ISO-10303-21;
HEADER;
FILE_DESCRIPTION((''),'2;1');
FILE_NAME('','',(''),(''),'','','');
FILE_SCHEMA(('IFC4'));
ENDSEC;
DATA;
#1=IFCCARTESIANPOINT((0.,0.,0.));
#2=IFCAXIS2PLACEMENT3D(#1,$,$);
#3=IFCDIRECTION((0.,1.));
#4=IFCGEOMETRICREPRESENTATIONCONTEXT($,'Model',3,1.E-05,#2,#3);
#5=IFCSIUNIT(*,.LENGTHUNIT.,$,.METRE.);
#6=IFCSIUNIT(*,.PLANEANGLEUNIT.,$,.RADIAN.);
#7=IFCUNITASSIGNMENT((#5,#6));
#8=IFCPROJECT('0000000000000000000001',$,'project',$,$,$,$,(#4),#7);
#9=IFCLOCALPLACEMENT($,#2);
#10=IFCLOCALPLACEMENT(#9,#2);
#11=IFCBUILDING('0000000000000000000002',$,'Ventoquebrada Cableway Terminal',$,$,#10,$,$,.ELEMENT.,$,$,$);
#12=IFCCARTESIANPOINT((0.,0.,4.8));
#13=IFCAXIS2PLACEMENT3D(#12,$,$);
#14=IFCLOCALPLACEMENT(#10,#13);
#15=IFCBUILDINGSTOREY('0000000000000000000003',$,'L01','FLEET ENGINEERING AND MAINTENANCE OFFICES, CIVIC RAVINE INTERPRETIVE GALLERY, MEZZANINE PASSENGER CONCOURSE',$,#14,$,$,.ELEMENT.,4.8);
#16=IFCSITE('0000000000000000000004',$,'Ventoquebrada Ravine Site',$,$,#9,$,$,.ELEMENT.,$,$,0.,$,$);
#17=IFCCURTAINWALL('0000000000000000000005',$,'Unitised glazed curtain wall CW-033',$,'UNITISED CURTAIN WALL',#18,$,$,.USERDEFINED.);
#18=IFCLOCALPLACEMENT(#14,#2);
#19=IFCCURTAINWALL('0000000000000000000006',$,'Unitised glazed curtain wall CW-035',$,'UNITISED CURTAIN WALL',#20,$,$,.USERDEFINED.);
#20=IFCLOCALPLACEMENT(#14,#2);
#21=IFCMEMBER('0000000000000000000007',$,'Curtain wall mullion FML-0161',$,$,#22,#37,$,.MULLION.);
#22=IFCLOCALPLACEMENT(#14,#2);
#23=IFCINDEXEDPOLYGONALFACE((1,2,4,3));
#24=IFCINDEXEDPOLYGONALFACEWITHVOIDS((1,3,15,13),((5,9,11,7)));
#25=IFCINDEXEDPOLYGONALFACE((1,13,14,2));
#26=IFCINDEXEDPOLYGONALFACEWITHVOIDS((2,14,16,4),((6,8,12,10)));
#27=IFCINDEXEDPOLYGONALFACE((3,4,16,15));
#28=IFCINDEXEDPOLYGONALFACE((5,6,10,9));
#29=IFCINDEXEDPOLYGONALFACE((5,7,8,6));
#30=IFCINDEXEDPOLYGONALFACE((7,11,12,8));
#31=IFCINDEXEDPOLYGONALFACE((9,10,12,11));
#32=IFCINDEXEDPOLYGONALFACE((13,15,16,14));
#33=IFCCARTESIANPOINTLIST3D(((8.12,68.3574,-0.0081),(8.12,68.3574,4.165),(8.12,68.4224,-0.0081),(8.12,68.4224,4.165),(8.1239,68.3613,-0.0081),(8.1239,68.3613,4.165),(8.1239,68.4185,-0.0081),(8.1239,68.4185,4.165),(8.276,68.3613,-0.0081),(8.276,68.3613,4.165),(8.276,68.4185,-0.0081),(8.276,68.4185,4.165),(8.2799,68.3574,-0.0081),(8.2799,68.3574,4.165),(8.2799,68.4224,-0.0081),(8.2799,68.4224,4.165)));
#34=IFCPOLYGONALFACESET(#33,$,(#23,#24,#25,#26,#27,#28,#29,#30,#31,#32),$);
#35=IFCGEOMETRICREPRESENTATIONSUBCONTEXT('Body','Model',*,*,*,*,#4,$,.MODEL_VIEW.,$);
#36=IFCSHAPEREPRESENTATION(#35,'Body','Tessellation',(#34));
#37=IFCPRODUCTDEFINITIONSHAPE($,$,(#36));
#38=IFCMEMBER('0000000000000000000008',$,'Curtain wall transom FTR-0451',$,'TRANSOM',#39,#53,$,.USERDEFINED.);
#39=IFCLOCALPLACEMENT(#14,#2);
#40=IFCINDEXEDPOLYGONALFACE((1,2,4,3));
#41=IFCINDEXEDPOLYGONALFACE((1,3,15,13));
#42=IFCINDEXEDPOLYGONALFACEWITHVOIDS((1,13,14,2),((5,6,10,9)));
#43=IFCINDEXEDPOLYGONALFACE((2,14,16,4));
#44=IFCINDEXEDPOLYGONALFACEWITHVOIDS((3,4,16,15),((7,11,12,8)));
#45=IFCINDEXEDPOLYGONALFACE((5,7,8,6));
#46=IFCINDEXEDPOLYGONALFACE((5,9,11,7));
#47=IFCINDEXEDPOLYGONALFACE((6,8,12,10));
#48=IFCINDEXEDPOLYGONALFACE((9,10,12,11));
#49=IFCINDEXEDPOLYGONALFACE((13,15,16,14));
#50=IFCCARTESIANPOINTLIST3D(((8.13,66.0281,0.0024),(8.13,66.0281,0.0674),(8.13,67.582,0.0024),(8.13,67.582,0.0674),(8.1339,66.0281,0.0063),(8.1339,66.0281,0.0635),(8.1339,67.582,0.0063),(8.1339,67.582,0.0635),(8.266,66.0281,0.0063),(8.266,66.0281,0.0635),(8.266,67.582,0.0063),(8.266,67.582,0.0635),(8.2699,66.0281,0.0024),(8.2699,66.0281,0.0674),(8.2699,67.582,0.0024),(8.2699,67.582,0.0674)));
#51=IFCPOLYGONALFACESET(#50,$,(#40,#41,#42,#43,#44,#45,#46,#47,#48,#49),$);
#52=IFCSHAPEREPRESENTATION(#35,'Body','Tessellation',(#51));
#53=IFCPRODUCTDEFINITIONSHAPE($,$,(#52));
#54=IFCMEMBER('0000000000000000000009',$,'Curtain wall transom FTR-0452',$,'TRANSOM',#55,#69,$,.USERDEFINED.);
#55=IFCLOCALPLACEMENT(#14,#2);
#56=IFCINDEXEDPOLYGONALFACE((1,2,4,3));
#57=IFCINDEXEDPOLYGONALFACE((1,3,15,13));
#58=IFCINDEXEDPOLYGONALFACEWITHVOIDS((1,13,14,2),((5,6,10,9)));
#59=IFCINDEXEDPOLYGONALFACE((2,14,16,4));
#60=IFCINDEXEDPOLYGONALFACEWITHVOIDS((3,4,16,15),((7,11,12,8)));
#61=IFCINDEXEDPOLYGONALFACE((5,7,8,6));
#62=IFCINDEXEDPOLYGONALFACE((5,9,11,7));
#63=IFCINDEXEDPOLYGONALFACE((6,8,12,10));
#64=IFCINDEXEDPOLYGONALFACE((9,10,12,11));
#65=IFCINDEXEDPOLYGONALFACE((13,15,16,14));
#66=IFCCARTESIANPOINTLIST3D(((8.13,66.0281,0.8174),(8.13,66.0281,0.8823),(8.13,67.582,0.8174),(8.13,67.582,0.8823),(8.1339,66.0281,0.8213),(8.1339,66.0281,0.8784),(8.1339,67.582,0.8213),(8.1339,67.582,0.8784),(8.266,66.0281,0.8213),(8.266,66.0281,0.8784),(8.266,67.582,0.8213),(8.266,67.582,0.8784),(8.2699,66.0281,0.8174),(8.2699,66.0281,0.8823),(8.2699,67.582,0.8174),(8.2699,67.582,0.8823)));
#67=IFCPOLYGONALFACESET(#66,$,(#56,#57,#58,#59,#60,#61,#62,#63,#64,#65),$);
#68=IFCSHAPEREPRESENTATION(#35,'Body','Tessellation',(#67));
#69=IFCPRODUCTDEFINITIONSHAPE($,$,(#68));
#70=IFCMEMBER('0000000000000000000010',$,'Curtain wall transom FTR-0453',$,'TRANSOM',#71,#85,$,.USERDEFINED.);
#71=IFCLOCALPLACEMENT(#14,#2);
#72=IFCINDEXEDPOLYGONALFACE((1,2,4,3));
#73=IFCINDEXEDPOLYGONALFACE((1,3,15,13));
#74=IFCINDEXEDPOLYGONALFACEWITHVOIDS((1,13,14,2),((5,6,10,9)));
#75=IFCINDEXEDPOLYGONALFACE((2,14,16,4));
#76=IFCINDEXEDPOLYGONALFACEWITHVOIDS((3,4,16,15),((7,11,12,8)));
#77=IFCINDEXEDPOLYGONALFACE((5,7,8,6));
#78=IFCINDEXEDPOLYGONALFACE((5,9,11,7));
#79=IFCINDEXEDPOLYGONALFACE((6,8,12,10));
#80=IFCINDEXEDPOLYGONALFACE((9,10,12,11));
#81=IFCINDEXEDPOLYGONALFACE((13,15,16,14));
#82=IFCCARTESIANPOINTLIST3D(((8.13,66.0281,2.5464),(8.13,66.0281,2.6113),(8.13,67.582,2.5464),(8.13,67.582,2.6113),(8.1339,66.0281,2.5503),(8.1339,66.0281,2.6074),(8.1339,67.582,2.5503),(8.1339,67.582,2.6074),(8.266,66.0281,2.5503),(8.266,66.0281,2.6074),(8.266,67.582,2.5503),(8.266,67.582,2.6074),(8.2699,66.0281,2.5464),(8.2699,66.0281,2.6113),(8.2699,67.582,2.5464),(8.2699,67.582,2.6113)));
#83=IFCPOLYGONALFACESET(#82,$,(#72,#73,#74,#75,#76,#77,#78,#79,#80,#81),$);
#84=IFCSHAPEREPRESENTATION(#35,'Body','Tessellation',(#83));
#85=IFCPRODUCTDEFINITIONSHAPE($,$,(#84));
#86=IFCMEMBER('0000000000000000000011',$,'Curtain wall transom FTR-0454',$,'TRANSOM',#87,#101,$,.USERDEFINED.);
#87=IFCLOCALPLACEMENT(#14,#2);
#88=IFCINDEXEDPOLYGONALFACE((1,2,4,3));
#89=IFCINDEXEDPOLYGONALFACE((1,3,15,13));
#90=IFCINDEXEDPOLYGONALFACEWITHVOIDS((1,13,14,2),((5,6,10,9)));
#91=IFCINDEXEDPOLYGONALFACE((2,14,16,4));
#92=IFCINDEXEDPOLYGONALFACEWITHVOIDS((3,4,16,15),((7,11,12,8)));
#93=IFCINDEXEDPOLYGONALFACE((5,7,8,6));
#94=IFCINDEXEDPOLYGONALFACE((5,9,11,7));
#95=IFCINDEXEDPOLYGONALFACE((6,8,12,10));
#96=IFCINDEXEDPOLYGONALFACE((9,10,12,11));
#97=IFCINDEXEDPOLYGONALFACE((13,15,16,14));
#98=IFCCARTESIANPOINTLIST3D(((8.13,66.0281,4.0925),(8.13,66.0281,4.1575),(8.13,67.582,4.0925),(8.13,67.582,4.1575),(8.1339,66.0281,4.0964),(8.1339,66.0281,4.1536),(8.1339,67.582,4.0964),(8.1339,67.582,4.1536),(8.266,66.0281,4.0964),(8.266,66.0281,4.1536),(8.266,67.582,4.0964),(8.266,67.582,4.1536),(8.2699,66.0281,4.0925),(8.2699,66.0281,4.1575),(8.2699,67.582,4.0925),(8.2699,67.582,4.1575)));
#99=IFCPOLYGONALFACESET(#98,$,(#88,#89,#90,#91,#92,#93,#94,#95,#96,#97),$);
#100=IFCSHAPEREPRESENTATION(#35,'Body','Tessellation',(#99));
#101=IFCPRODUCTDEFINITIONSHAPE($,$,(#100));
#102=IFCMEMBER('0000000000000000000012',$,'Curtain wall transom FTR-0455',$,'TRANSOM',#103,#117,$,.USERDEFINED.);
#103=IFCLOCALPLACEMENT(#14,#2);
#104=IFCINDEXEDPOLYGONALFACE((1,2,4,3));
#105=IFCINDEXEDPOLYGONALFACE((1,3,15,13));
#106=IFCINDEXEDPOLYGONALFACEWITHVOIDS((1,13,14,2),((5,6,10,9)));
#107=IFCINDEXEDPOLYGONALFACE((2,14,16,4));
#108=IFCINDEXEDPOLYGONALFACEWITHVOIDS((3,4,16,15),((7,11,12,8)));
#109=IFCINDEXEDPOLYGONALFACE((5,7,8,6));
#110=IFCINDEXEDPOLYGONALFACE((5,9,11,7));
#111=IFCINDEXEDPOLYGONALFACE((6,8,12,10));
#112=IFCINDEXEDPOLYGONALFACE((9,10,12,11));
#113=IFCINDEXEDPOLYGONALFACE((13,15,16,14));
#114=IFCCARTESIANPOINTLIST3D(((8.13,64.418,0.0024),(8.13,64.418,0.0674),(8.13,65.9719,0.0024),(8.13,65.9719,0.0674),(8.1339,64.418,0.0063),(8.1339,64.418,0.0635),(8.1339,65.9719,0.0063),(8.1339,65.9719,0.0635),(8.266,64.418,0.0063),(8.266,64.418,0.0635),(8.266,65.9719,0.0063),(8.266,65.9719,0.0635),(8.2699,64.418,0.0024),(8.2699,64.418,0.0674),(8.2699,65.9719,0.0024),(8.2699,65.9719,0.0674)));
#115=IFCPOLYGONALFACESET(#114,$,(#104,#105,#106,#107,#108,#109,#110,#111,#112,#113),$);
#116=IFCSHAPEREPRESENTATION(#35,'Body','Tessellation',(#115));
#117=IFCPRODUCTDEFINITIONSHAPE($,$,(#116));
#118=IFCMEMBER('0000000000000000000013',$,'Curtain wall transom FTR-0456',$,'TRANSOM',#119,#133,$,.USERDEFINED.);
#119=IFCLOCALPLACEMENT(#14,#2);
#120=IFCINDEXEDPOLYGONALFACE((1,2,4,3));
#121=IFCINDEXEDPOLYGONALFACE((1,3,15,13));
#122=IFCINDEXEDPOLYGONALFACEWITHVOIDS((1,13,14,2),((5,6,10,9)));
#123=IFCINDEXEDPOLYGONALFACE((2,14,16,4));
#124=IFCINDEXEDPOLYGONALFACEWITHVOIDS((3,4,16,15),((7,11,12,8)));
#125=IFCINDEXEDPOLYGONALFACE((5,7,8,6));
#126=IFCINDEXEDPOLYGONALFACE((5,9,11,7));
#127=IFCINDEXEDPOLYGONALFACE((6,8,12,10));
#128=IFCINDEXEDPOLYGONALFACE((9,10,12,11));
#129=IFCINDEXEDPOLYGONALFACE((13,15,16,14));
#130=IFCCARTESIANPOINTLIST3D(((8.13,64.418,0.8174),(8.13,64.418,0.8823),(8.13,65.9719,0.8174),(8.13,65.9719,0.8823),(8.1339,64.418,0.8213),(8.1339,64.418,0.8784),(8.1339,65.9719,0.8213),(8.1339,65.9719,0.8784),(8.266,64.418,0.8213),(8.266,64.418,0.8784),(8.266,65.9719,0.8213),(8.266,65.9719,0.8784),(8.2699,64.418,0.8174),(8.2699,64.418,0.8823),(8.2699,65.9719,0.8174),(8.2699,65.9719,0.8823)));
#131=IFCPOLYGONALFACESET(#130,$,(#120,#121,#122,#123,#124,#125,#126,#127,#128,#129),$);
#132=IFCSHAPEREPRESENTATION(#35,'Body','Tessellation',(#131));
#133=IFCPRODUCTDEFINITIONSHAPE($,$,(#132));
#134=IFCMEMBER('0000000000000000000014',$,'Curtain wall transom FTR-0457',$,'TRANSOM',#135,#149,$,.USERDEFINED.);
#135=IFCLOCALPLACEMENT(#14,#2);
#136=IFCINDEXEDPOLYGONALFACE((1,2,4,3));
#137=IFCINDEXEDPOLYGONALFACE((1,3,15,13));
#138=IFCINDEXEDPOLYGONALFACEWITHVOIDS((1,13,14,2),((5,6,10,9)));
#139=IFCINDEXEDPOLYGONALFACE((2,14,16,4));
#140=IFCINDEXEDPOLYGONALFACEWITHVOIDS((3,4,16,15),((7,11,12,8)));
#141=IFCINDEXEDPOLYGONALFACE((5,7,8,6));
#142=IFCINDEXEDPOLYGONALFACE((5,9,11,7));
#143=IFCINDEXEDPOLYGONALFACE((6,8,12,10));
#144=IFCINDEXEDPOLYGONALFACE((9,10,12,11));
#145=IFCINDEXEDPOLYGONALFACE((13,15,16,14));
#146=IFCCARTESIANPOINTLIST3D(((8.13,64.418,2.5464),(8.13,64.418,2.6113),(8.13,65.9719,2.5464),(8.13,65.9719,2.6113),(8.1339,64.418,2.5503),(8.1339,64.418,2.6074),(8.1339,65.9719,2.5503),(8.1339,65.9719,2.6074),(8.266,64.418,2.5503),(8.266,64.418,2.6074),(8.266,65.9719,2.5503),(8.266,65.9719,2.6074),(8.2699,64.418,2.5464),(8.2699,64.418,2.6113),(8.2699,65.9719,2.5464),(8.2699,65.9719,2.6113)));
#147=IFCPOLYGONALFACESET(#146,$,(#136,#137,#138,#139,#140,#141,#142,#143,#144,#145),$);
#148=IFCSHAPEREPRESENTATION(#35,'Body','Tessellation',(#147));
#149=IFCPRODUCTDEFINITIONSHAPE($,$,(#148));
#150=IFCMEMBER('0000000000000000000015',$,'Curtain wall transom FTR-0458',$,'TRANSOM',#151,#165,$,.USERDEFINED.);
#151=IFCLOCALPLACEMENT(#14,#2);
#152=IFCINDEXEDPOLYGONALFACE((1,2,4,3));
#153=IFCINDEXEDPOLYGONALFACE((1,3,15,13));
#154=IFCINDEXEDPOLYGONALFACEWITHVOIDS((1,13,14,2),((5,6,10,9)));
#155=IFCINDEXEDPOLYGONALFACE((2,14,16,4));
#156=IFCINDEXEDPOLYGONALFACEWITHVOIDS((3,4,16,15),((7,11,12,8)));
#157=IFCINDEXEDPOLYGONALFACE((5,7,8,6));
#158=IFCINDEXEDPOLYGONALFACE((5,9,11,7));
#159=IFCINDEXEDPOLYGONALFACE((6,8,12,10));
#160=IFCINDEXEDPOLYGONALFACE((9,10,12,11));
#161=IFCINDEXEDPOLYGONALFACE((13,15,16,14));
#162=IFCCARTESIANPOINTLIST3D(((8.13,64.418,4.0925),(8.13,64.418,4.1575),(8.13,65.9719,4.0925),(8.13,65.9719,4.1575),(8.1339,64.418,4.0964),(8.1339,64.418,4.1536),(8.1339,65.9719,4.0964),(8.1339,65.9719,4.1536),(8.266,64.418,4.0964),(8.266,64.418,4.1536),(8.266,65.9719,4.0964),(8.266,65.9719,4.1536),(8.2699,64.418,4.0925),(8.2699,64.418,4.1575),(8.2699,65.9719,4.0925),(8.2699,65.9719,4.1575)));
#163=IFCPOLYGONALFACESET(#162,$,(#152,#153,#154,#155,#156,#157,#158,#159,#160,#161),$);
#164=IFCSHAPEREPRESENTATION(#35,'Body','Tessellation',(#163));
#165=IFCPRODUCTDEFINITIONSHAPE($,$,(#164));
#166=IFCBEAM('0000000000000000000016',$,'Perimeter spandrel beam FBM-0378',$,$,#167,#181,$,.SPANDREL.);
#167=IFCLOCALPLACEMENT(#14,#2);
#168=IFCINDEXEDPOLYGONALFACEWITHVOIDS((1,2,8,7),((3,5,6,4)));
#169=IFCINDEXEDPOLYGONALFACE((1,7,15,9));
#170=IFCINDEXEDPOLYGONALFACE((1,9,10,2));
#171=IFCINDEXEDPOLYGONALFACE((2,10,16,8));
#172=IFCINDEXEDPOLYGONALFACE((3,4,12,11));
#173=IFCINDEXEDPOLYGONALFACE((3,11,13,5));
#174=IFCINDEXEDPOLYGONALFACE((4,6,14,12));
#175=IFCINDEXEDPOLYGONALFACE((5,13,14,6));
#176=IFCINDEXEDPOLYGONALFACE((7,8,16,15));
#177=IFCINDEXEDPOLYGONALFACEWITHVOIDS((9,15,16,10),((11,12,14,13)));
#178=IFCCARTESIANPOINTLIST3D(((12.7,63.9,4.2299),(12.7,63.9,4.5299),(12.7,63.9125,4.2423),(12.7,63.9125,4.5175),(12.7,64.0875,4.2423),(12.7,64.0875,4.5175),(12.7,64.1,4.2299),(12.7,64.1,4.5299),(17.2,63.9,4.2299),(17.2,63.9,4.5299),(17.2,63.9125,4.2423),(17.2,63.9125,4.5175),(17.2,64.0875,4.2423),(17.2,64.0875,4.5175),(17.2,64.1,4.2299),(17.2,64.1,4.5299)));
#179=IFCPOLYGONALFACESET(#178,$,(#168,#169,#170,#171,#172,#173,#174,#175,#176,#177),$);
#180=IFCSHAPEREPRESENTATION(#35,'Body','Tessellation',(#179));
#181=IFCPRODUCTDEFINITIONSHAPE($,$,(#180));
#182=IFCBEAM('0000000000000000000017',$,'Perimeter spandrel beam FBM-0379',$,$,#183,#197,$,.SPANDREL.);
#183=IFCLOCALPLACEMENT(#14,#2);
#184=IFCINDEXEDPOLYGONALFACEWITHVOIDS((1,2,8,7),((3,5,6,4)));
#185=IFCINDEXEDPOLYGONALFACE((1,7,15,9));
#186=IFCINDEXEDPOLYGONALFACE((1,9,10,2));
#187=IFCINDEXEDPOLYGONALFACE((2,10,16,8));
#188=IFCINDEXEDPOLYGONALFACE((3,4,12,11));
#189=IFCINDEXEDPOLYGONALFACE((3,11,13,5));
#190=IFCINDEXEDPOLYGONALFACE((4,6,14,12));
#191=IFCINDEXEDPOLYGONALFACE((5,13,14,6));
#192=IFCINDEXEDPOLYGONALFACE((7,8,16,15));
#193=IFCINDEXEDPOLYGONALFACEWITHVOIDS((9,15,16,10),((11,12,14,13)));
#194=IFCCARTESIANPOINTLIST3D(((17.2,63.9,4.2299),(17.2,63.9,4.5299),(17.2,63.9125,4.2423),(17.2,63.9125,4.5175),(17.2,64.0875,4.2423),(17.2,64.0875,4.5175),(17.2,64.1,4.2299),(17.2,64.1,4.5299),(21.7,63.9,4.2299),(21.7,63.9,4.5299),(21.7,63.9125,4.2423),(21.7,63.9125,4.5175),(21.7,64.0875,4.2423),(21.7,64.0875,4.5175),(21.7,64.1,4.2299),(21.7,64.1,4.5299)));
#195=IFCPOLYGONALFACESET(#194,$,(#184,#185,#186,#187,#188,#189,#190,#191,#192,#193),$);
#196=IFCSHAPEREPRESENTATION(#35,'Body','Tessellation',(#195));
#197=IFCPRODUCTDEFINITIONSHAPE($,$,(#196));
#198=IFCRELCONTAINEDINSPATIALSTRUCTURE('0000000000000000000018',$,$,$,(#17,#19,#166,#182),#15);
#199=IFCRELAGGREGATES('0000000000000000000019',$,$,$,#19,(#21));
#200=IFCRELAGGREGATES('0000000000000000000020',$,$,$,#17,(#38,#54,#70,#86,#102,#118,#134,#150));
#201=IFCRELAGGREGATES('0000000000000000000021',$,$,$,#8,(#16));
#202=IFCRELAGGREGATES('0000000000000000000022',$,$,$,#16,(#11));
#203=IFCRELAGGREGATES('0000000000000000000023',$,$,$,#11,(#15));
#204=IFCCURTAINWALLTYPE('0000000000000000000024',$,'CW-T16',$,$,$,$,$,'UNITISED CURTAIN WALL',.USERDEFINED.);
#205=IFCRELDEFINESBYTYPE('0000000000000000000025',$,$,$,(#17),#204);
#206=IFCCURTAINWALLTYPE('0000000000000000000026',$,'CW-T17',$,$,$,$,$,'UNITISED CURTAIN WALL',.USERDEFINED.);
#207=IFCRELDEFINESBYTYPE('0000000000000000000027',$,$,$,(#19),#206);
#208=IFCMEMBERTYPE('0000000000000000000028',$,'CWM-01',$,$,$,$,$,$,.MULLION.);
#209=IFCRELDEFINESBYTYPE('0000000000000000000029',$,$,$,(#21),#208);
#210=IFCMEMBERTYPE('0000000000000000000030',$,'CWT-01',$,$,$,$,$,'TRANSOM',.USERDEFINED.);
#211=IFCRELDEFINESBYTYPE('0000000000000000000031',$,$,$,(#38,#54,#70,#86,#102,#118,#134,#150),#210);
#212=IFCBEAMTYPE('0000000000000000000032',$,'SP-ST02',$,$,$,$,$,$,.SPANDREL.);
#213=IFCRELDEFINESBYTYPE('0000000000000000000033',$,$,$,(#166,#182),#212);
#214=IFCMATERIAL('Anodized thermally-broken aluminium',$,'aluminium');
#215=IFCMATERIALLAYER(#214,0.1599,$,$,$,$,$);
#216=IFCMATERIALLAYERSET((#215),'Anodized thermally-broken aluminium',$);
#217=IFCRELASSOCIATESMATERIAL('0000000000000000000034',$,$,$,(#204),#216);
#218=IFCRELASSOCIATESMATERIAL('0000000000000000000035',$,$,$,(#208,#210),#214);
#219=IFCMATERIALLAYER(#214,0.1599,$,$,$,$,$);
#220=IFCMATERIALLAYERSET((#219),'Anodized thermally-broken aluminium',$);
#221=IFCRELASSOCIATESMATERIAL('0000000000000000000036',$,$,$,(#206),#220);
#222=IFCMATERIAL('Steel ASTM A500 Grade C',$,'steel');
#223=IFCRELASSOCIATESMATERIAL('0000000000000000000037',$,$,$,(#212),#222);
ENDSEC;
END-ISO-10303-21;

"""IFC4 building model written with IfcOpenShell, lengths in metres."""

from ifc_helpers import new_model, si_unit, direction, frame, origin, origin_2d, place, context, subcontext, project, spatial, hollow_rectangle, extrude, material, layer, layer_set, material_profile, profile_set, type_object, element, aggregate, save


model = new_model("IFC4")

# Units and contexts
model_context = context("Model", 3, precision=1e-05, world=origin(), true_north=direction((0.0, 1.0)))
body_context = subcontext(model_context, "Body", "Model", "MODEL_VIEW")
ifc_project = project(units=[si_unit("LENGTHUNIT", "METRE"), si_unit("PLANEANGLEUNIT", "RADIAN")], contexts=[model_context])

# Site, building, storey
site_placement = place(None, origin())
site = spatial("IfcSite", under=ifc_project, at=site_placement, Name="Ventoquebrada Ravine Site", CompositionType="ELEMENT", RefElevation=0.0)
building_placement = place(site_placement, origin())
building = spatial("IfcBuilding", under=site, at=building_placement, Name="Ventoquebrada Cableway Terminal", CompositionType="ELEMENT")
storey_placement = place(building_placement, frame((0.0, 0.0, 4.8)))
storey = spatial("IfcBuildingStorey", under=building, at=storey_placement, Name="L01", Description="FLEET ENGINEERING AND MAINTENANCE OFFICES, CIVIC RAVINE INTERPRETIVE GALLERY, MEZZANINE PASSENGER CONCOURSE", CompositionType="ELEMENT", Elevation=4.8)

# Curtain wall
ifc_material_1 = material(Name="Anodized thermally-broken aluminium", Category="aluminium")
ifc_layer_1 = layer(ifc_material_1, 0.1599)
ifc_layer_set_1 = layer_set([ifc_layer_1], Name="Anodized thermally-broken aluminium")
curtain_wall_type_1 = type_object("IfcCurtainWallType", Name="CW-T16", ElementType="UNITISED CURTAIN WALL", PredefinedType="USERDEFINED", material=ifc_layer_set_1)
curtain_wall_1_placement = place(storey_placement, origin())
curtain_wall_1 = element("IfcCurtainWall", 1, at=curtain_wall_1_placement, inside=storey, type_object=curtain_wall_type_1, Name="Unitised glazed curtain wall CW-033", ObjectType="UNITISED CURTAIN WALL", PredefinedType="USERDEFINED")
ifc_material_profile_1 = material_profile(ifc_material_1, hollow_rectangle(XDim=0.0649, YDim=0.1599, WallThickness=0.0039, at=origin_2d()), Name="CW-MUL-65X160")
ifc_profile_set_1 = profile_set([ifc_material_profile_1], Name="Anodized thermally-broken aluminium")
member_type_1 = type_object("IfcMemberType", Name="CWM-01", PredefinedType="MULLION", material=ifc_profile_set_1)

# Curtain wall, member
ifc_layer_2 = layer(ifc_material_1, 0.1599)
ifc_layer_set_2 = layer_set([ifc_layer_2], Name="Anodized thermally-broken aluminium")
curtain_wall_type_2 = type_object("IfcCurtainWallType", Name="CW-T17", ElementType="UNITISED CURTAIN WALL", PredefinedType="USERDEFINED", material=ifc_layer_set_2)
curtain_wall_2_placement = place(storey_placement, origin())
curtain_wall_2 = element("IfcCurtainWall", 2, at=curtain_wall_2_placement, inside=storey, type_object=curtain_wall_type_2, Name="Unitised glazed curtain wall CW-035", ObjectType="UNITISED CURTAIN WALL", PredefinedType="USERDEFINED")
member_1_placement = place(storey_placement, frame((8.2, 68.3899, -0.0081), z_axis=(0.0, 0.0, 1.0), x_axis=(0.0, -1.0, 0.0)))
member_1 = element("IfcMember", 3, at=member_1_placement, type_object=member_type_1, Name="Curtain wall mullion FML-0161", PredefinedType="MULLION", context=body_context, shape_type="SweptSolid", body=[
    extrude(hollow_rectangle(XDim=0.0649, YDim=0.1599, WallThickness=0.0039, at=origin_2d()), origin(), (0.0, 0.0, 1.0), 4.1731),
])
aggregate(curtain_wall_2, [member_1])

# Members
ifc_material_profile_2 = material_profile(ifc_material_1, hollow_rectangle(XDim=0.0649, YDim=0.1399, WallThickness=0.0039, at=origin_2d()), Name="CW-TRN-65X140")
ifc_profile_set_2 = profile_set([ifc_material_profile_2], Name="Anodized thermally-broken aluminium")
member_type_2 = type_object("IfcMemberType", Name="CWT-01", ElementType="TRANSOM", PredefinedType="USERDEFINED", material=ifc_profile_set_2)
member_2_placement = place(storey_placement, frame((8.2, 67.582, 0.0349), z_axis=(0.0, -1.0, 0.0), x_axis=(0.0, 0.0, 1.0)))
member_2 = element("IfcMember", 4, at=member_2_placement, type_object=member_type_2, Name="Curtain wall transom FTR-0451", ObjectType="TRANSOM", PredefinedType="USERDEFINED", context=body_context, shape_type="SweptSolid", body=[
    extrude(hollow_rectangle(XDim=0.0649, YDim=0.1399, WallThickness=0.0039, at=origin_2d()), origin(), (0.0, 0.0, 1.0), 1.554),
])
member_3_placement = place(storey_placement, frame((8.2, 67.582, 0.8499), z_axis=(0.0, -1.0, 0.0), x_axis=(0.0, 0.0, 1.0)))
member_3 = element("IfcMember", 5, at=member_3_placement, type_object=member_type_2, Name="Curtain wall transom FTR-0452", ObjectType="TRANSOM", PredefinedType="USERDEFINED", context=body_context, shape_type="SweptSolid", body=[
    extrude(hollow_rectangle(XDim=0.0649, YDim=0.1399, WallThickness=0.0039, at=origin_2d()), origin(), (0.0, 0.0, 1.0), 1.554),
])
member_4_placement = place(storey_placement, frame((8.2, 67.582, 2.5789), z_axis=(0.0, -1.0, 0.0), x_axis=(0.0, 0.0, 1.0)))
member_4 = element("IfcMember", 6, at=member_4_placement, type_object=member_type_2, Name="Curtain wall transom FTR-0453", ObjectType="TRANSOM", PredefinedType="USERDEFINED", context=body_context, shape_type="SweptSolid", body=[
    extrude(hollow_rectangle(XDim=0.0649, YDim=0.1399, WallThickness=0.0039, at=origin_2d()), origin(), (0.0, 0.0, 1.0), 1.554),
])
member_5_placement = place(storey_placement, frame((8.2, 67.582, 4.125), z_axis=(0.0, -1.0, 0.0), x_axis=(0.0, 0.0, 1.0)))
member_5 = element("IfcMember", 7, at=member_5_placement, type_object=member_type_2, Name="Curtain wall transom FTR-0454", ObjectType="TRANSOM", PredefinedType="USERDEFINED", context=body_context, shape_type="SweptSolid", body=[
    extrude(hollow_rectangle(XDim=0.0649, YDim=0.1399, WallThickness=0.0039, at=origin_2d()), origin(), (0.0, 0.0, 1.0), 1.554),
])
member_6_placement = place(storey_placement, frame((8.2, 65.9719, 0.0349), z_axis=(0.0, -1.0, 0.0), x_axis=(0.0, 0.0, 1.0)))
member_6 = element("IfcMember", 8, at=member_6_placement, type_object=member_type_2, Name="Curtain wall transom FTR-0455", ObjectType="TRANSOM", PredefinedType="USERDEFINED", context=body_context, shape_type="SweptSolid", body=[
    extrude(hollow_rectangle(XDim=0.0649, YDim=0.1399, WallThickness=0.0039, at=origin_2d()), origin(), (0.0, 0.0, 1.0), 1.554),
])
member_7_placement = place(storey_placement, frame((8.2, 65.9719, 0.8499), z_axis=(0.0, -1.0, 0.0), x_axis=(0.0, 0.0, 1.0)))
member_7 = element("IfcMember", 9, at=member_7_placement, type_object=member_type_2, Name="Curtain wall transom FTR-0456", ObjectType="TRANSOM", PredefinedType="USERDEFINED", context=body_context, shape_type="SweptSolid", body=[
    extrude(hollow_rectangle(XDim=0.0649, YDim=0.1399, WallThickness=0.0039, at=origin_2d()), origin(), (0.0, 0.0, 1.0), 1.554),
])
member_8_placement = place(storey_placement, frame((8.2, 65.9719, 2.5789), z_axis=(0.0, -1.0, 0.0), x_axis=(0.0, 0.0, 1.0)))
member_8 = element("IfcMember", 10, at=member_8_placement, type_object=member_type_2, Name="Curtain wall transom FTR-0457", ObjectType="TRANSOM", PredefinedType="USERDEFINED", context=body_context, shape_type="SweptSolid", body=[
    extrude(hollow_rectangle(XDim=0.0649, YDim=0.1399, WallThickness=0.0039, at=origin_2d()), origin(), (0.0, 0.0, 1.0), 1.554),
])
member_9_placement = place(storey_placement, frame((8.2, 65.9719, 4.125), z_axis=(0.0, -1.0, 0.0), x_axis=(0.0, 0.0, 1.0)))
member_9 = element("IfcMember", 11, at=member_9_placement, type_object=member_type_2, Name="Curtain wall transom FTR-0458", ObjectType="TRANSOM", PredefinedType="USERDEFINED", context=body_context, shape_type="SweptSolid", body=[
    extrude(hollow_rectangle(XDim=0.0649, YDim=0.1399, WallThickness=0.0039, at=origin_2d()), origin(), (0.0, 0.0, 1.0), 1.554),
])

# Beams
ifc_material_2 = material(Name="Steel ASTM A500 Grade C", Category="steel")
ifc_material_profile_3 = material_profile(ifc_material_2, hollow_rectangle(XDim=0.2, YDim=0.3, WallThickness=0.0125, at=origin_2d()), Name="RHS300X200X12.5")
ifc_profile_set_3 = profile_set([ifc_material_profile_3], Name="Steel ASTM A500 Grade C")
beam_type_1 = type_object("IfcBeamType", Name="SP-ST02", PredefinedType="SPANDREL", material=ifc_profile_set_3)
for number, where, z_axis, x_axis, name in (
    (12, (12.7, 64.0, 4.3799), (1.0, 0.0, 0.0), (0.0, 1.0, 0.0), "Perimeter spandrel beam FBM-0378"),
    (13, (17.2, 64.0, 4.3799), (1.0, 0.0, 0.0), (0.0, 1.0, 0.0), "Perimeter spandrel beam FBM-0379"),
):
    element("IfcBeam", number, at=place(storey_placement, frame(where, z_axis=z_axis, x_axis=x_axis)), inside=storey, type_object=beam_type_1, Name=name, PredefinedType="SPANDREL", context=body_context, shape_type="SweptSolid", body=[
        extrude(hollow_rectangle(XDim=0.2, YDim=0.3, WallThickness=0.0125, at=origin_2d()), origin(), (0.0, 0.0, 1.0), 4.5),
    ])

aggregate(curtain_wall_1, [member_2, member_3, member_4, member_5, member_6, member_7, member_8, member_9])

save(model, "model.ifc")
